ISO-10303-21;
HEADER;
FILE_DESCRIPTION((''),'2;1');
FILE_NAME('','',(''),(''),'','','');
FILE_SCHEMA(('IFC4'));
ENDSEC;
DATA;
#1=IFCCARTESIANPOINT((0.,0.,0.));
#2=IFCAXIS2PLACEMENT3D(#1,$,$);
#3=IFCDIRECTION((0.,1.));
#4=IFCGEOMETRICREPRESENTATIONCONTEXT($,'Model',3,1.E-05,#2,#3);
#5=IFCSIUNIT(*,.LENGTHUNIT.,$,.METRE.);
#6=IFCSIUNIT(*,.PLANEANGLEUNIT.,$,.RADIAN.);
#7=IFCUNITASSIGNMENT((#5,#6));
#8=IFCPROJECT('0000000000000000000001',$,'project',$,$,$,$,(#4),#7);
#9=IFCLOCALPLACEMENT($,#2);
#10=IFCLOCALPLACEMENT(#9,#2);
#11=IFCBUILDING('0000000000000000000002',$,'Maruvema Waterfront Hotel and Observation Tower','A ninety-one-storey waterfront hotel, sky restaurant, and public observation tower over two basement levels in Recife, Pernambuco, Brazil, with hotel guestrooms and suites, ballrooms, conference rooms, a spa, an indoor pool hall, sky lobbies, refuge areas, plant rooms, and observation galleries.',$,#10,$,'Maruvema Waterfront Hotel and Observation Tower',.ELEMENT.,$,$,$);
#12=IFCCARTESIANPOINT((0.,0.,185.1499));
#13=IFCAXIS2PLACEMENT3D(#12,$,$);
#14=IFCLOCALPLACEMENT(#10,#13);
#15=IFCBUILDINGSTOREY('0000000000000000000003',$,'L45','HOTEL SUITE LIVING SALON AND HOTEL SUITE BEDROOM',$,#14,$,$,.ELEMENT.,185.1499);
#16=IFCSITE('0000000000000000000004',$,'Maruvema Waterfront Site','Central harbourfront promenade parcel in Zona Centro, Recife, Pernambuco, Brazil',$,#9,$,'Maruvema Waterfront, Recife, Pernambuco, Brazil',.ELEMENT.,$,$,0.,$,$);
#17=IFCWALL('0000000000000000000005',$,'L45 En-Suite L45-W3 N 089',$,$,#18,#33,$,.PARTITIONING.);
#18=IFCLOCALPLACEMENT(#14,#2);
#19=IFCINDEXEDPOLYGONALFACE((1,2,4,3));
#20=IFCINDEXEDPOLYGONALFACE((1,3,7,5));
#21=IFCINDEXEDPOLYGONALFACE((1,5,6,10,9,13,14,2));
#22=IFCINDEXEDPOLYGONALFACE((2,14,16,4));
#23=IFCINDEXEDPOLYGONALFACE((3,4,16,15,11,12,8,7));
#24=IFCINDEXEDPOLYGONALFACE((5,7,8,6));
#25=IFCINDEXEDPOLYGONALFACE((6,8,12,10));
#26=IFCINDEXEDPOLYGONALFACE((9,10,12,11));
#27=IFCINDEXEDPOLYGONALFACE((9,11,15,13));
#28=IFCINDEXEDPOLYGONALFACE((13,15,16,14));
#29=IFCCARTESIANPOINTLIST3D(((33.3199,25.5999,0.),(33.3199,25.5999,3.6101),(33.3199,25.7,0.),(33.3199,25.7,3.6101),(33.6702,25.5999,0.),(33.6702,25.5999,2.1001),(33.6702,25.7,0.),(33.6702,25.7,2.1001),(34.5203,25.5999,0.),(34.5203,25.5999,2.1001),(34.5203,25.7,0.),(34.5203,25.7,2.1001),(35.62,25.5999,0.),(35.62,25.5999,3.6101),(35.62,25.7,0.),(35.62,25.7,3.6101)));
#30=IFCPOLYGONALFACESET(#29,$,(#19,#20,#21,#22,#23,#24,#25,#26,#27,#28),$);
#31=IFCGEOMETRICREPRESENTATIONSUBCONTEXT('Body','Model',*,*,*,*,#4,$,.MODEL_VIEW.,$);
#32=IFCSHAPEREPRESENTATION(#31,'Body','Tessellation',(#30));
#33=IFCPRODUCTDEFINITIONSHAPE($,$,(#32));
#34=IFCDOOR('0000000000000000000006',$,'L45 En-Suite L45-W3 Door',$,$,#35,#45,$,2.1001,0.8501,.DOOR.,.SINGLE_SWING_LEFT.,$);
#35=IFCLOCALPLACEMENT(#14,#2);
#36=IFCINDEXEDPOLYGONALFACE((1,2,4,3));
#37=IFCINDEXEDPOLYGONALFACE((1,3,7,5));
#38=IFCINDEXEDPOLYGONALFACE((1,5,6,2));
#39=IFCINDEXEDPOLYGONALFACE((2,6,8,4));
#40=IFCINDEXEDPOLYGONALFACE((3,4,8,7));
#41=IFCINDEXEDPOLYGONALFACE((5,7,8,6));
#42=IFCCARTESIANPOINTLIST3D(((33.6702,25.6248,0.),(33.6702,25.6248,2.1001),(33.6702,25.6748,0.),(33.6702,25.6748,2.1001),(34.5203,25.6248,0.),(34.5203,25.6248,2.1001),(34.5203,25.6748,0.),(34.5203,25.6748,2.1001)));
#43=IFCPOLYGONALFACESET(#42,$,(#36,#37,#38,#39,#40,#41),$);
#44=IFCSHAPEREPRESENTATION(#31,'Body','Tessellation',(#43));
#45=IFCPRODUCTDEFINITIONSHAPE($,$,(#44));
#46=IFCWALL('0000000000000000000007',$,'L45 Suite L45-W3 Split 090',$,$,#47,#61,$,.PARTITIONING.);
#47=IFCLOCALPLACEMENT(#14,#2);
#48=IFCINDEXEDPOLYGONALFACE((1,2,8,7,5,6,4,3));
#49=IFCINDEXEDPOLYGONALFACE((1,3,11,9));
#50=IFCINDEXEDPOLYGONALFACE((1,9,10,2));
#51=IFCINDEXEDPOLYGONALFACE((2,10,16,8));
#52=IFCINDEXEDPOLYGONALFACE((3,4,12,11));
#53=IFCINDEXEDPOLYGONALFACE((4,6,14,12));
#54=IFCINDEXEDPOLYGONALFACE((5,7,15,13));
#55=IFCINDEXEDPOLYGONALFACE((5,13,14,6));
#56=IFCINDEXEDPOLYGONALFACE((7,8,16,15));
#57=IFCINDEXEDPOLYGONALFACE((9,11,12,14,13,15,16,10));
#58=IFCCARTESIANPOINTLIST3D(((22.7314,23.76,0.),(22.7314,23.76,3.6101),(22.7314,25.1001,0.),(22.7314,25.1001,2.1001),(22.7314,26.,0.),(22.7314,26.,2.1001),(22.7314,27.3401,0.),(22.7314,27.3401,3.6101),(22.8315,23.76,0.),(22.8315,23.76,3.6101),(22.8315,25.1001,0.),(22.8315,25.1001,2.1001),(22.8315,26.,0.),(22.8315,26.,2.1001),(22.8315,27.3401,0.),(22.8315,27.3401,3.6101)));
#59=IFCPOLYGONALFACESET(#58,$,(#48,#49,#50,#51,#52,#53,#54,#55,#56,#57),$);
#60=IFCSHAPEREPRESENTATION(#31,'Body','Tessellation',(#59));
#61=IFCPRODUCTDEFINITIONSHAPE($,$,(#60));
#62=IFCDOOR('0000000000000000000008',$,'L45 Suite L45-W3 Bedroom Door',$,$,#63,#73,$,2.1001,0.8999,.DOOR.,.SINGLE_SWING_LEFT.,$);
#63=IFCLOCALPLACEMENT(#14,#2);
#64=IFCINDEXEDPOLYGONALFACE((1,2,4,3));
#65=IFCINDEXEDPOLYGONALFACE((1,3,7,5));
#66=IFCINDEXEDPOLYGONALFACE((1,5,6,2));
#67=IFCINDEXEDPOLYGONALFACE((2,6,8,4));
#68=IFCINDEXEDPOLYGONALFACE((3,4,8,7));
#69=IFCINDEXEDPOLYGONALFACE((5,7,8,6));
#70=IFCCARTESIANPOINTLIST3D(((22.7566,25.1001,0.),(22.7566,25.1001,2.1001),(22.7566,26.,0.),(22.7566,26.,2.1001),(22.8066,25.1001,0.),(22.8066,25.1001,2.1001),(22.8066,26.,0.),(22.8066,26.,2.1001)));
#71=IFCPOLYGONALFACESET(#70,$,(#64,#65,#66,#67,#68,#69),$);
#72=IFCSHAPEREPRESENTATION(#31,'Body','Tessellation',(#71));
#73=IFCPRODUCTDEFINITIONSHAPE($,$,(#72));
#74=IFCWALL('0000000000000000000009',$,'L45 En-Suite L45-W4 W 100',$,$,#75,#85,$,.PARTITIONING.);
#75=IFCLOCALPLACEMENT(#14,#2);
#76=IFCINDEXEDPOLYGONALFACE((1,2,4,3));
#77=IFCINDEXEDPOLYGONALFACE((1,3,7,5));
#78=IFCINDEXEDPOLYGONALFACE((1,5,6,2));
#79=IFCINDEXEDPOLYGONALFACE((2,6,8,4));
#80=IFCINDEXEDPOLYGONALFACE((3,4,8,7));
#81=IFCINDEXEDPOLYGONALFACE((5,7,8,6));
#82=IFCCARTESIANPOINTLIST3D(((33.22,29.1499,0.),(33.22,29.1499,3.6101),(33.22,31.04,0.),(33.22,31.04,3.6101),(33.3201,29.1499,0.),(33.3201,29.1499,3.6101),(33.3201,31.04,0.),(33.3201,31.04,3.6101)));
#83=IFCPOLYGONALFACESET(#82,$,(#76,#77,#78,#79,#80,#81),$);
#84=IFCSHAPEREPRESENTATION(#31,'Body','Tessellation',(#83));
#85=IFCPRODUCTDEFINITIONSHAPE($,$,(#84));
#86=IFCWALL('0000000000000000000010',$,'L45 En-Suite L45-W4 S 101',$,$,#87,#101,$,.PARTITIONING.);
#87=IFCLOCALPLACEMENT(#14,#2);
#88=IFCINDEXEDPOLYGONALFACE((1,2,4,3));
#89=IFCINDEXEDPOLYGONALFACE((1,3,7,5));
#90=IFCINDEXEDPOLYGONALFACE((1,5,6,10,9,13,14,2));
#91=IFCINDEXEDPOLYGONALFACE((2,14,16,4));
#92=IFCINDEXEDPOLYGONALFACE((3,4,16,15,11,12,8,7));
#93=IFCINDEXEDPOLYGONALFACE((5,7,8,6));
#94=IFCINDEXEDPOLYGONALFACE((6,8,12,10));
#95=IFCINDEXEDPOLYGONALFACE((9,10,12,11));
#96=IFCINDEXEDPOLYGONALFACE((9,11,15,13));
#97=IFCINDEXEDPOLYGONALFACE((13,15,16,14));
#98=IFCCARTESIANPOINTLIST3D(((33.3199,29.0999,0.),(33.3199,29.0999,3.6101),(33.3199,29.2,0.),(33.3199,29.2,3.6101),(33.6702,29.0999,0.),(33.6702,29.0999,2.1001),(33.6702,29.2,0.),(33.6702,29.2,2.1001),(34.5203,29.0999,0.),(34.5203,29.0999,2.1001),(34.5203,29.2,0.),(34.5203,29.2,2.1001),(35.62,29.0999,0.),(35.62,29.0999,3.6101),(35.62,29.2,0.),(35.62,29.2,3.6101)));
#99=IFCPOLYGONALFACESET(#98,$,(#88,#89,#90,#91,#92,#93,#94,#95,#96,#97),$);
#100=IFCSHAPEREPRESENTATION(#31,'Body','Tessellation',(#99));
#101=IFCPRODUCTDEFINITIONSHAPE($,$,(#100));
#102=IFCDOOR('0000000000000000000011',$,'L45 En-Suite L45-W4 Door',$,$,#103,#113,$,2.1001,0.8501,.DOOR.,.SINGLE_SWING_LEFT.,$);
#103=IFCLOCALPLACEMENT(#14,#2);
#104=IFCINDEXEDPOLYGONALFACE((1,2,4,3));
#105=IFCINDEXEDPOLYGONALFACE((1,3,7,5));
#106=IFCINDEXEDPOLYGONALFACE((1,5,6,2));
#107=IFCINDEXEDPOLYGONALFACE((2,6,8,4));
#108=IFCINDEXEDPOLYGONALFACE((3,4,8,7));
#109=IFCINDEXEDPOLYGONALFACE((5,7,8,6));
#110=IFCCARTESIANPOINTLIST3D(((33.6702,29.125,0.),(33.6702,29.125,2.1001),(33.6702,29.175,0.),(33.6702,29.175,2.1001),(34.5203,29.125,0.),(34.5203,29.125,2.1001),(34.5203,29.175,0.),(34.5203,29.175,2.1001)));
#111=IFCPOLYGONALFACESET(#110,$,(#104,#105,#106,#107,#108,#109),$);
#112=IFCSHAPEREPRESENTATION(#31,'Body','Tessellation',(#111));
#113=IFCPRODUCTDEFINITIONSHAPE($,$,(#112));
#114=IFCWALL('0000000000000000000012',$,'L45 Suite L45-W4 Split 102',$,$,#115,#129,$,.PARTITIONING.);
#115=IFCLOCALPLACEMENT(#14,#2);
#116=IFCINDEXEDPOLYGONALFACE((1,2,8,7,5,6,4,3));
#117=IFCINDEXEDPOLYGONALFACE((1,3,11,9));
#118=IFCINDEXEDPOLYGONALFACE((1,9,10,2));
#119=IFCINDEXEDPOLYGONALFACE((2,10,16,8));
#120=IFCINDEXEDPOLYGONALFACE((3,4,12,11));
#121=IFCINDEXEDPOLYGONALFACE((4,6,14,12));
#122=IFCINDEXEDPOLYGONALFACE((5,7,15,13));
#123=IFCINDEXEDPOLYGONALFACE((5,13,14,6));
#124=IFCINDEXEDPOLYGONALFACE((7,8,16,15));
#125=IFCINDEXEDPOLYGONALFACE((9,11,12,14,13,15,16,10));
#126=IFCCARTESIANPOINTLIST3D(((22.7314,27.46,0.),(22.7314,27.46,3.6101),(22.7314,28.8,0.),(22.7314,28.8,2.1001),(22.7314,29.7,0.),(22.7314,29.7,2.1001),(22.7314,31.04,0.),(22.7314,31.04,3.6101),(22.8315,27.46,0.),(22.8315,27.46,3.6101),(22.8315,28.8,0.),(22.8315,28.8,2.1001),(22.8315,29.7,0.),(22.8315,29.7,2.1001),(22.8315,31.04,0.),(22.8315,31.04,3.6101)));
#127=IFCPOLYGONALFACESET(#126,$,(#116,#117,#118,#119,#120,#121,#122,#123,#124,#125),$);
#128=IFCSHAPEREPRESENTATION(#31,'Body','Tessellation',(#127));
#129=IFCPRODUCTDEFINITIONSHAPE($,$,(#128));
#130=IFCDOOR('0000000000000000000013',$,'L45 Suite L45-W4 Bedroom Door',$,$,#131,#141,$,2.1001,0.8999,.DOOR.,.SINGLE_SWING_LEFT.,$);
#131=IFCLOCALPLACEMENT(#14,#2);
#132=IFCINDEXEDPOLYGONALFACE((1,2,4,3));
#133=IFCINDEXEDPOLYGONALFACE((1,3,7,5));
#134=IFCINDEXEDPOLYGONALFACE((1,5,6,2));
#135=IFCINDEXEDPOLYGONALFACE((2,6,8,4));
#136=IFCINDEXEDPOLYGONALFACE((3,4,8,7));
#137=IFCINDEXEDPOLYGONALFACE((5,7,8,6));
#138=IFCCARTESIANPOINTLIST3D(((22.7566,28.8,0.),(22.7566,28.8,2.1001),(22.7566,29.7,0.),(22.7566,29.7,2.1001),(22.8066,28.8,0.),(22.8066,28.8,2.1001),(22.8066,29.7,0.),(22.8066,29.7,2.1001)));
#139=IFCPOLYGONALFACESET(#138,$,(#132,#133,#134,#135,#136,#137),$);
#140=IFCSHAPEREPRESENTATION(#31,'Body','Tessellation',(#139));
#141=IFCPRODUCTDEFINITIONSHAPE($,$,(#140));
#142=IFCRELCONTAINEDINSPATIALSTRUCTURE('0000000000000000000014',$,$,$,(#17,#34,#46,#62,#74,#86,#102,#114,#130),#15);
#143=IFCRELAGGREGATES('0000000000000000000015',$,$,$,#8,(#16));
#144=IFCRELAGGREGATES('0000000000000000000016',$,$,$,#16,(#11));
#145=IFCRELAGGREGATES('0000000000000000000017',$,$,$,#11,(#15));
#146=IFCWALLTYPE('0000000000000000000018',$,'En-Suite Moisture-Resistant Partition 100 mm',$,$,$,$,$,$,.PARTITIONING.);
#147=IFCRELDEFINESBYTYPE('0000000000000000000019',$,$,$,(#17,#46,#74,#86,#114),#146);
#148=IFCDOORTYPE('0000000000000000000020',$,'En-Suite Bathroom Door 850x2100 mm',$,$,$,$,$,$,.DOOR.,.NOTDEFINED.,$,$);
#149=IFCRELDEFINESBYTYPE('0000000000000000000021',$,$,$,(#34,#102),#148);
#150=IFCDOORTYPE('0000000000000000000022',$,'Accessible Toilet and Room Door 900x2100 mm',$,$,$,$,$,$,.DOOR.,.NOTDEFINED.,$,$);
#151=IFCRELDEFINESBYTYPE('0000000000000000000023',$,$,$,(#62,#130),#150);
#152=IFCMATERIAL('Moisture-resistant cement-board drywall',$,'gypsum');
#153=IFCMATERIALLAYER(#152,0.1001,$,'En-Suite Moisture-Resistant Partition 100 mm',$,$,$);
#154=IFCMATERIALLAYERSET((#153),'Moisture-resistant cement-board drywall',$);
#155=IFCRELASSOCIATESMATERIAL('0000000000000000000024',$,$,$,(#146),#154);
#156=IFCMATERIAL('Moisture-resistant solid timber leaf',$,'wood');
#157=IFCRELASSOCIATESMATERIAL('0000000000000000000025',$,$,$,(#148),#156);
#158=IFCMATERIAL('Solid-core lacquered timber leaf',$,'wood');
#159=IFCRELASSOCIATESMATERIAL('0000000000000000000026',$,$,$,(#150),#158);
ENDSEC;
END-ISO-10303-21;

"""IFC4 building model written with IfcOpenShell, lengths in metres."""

from ifc_helpers import new_model, si_unit, direction, frame, frame_2d, origin, place, context, subcontext, project, spatial, rectangle, extrude, material, layer, layer_set, type_object, element, fill, save


model = new_model("IFC4")

# Units and contexts
model_context = context("Model", 3, precision=1e-05, world=origin(), true_north=direction((0.0, 1.0)))
body_context = subcontext(model_context, "Body", "Model", "MODEL_VIEW")
ifc_project = project(units=[si_unit("LENGTHUNIT", "METRE"), si_unit("PLANEANGLEUNIT", "RADIAN")], contexts=[model_context])

# Site, building, storey
site_placement = place(None, origin())
site = spatial("IfcSite", under=ifc_project, at=site_placement, Name="Maruvema Waterfront Site", Description="Central harbourfront promenade parcel in Zona Centro, Recife, Pernambuco, Brazil", LongName="Maruvema Waterfront, Recife, Pernambuco, Brazil", CompositionType="ELEMENT", RefElevation=0.0)
building_placement = place(site_placement, origin())
building = spatial("IfcBuilding", under=site, at=building_placement, Name="Maruvema Waterfront Hotel and Observation Tower", Description="A ninety-one-storey waterfront hotel, sky restaurant, and public observation tower over two basement levels in Recife, Pernambuco, Brazil, with hotel guestrooms and suites, ballrooms, conference rooms, a spa, an indoor pool hall, sky lobbies, refuge areas, plant rooms, and observation galleries.", LongName="Maruvema Waterfront Hotel and Observation Tower", CompositionType="ELEMENT")
storey_placement = place(building_placement, frame((0.0, 0.0, 185.1499)))
storey = spatial("IfcBuildingStorey", under=building, at=storey_placement, Name="L45", Description="HOTEL SUITE LIVING SALON AND HOTEL SUITE BEDROOM", CompositionType="ELEMENT", Elevation=185.1499)

# Shared definitions
ifc_material_1 = material(Name="Moisture-resistant cement-board drywall", Category="gypsum")
ifc_layer_1 = layer(ifc_material_1, 0.1001, Name="En-Suite Moisture-Resistant Partition 100 mm")
ifc_layer_set_1 = layer_set([ifc_layer_1], Name="Moisture-resistant cement-board drywall")
wall_type_1 = type_object("IfcWallType", Name="En-Suite Moisture-Resistant Partition 100 mm", PredefinedType="PARTITIONING", material=ifc_layer_set_1)
ifc_material_2 = material(Name="Moisture-resistant solid timber leaf", Category="wood")
door_type_1 = type_object("IfcDoorType", Name="En-Suite Bathroom Door 850x2100 mm", OperationType="NOTDEFINED", PredefinedType="DOOR", material=ifc_material_2)

# Walls, openings, doors
wall_1_placement = place(storey_placement, frame((33.3201, 25.6499, 0.0), z_axis=(0.0, 0.0, 1.0), x_axis=(1.0, 0.0, 0.0)))
wall_1 = element("IfcWall", 1, at=wall_1_placement, inside=storey, type_object=wall_type_1, Name="L45 En-Suite L45-W3 N 089", PredefinedType="PARTITIONING", context=body_context, shape_type="SweptSolid", body=[
    extrude(rectangle(XDim=2.3, YDim=0.1001, at=frame_2d((1.1499, 0.0))), origin(), (0.0, 0.0, 1.0), 3.6101),
])
opening_1_placement = place(wall_1_placement, frame((0.3501, 0.0, 0.0)))
opening_1 = element("IfcOpeningElement", 2, at=opening_1_placement, cuts=wall_1, PredefinedType="OPENING", context=body_context, shape_type="SweptSolid", body=[
    extrude(rectangle(XDim=0.8501, YDim=2.1001, at=frame_2d((0.425, 1.05))), frame((0.0, 0.0601, 0.0), z_axis=(0.0, -1.0, 0.0), x_axis=(1.0, 0.0, 0.0)), (0.0, 0.0, 1.0), 0.1201),
])
door_1_placement = place(opening_1_placement, origin())
door_1 = element("IfcDoor", 3, at=door_1_placement, inside=storey, type_object=door_type_1, Name="L45 En-Suite L45-W3 Door", OperationType="SINGLE_SWING_LEFT", OverallHeight=2.1001, OverallWidth=0.8501, PredefinedType="DOOR", context=body_context, shape_type="SweptSolid", body=[
    extrude(rectangle(XDim=0.8501, YDim=2.1001, at=frame_2d((0.425, 1.05))), frame((0.0, 0.0249, 0.0), z_axis=(0.0, -1.0, 0.0), x_axis=(1.0, 0.0, 0.0)), (0.0, 0.0, 1.0), 0.05),
])
fill(opening_1, door_1)
wall_2_placement = place(storey_placement, frame((22.7815, 23.76, 0.0), z_axis=(0.0, 0.0, 1.0), x_axis=(0.0, 1.0, 0.0)))
wall_2 = element("IfcWall", 4, at=wall_2_placement, inside=storey, type_object=wall_type_1, Name="L45 Suite L45-W3 Split 090", PredefinedType="PARTITIONING", context=body_context, shape_type="SweptSolid", body=[
    extrude(rectangle(XDim=3.5801, YDim=0.1001, at=frame_2d((1.79, 0.0))), origin(), (0.0, 0.0, 1.0), 3.6101),
])
opening_2_placement = place(wall_2_placement, frame((1.3401, 0.0, 0.0)))
opening_2 = element("IfcOpeningElement", 5, at=opening_2_placement, cuts=wall_2, PredefinedType="OPENING", context=body_context, shape_type="SweptSolid", body=[
    extrude(rectangle(XDim=0.8999, YDim=2.1001, at=frame_2d((0.45, 1.05))), frame((0.0, 0.0601, 0.0), z_axis=(0.0, -1.0, 0.0), x_axis=(1.0, 0.0, 0.0)), (0.0, 0.0, 1.0), 0.1201),
])
ifc_material_3 = material(Name="Solid-core lacquered timber leaf", Category="wood")
door_type_2 = type_object("IfcDoorType", Name="Accessible Toilet and Room Door 900x2100 mm", OperationType="NOTDEFINED", PredefinedType="DOOR", material=ifc_material_3)
door_2_placement = place(opening_2_placement, origin())
door_2 = element("IfcDoor", 6, at=door_2_placement, inside=storey, type_object=door_type_2, Name="L45 Suite L45-W3 Bedroom Door", OperationType="SINGLE_SWING_LEFT", OverallHeight=2.1001, OverallWidth=0.8999, PredefinedType="DOOR", context=body_context, shape_type="SweptSolid", body=[
    extrude(rectangle(XDim=0.8999, YDim=2.1001, at=frame_2d((0.45, 1.05))), frame((0.0, 0.0249, 0.0), z_axis=(0.0, -1.0, 0.0), x_axis=(1.0, 0.0, 0.0)), (0.0, 0.0, 1.0), 0.05),
])
fill(opening_2, door_2)

# Wall
wall_3_placement = place(storey_placement, frame((33.27, 29.1499, 0.0), z_axis=(0.0, 0.0, 1.0), x_axis=(0.0, 1.0, 0.0)))
element("IfcWall", 7, at=wall_3_placement, inside=storey, type_object=wall_type_1, Name="L45 En-Suite L45-W4 W 100", PredefinedType="PARTITIONING", context=body_context, shape_type="SweptSolid", body=[
    extrude(rectangle(XDim=1.8901, YDim=0.1001, at=frame_2d((0.9451, 0.0))), origin(), (0.0, 0.0, 1.0), 3.6101),
])

# Walls, openings, doors
wall_4_placement = place(storey_placement, frame((33.3201, 29.1499, 0.0), z_axis=(0.0, 0.0, 1.0), x_axis=(1.0, 0.0, 0.0)))
wall_4 = element("IfcWall", 8, at=wall_4_placement, inside=storey, type_object=wall_type_1, Name="L45 En-Suite L45-W4 S 101", PredefinedType="PARTITIONING", context=body_context, shape_type="SweptSolid", body=[
    extrude(rectangle(XDim=2.3, YDim=0.1001, at=frame_2d((1.1499, 0.0))), origin(), (0.0, 0.0, 1.0), 3.6101),
])
opening_3_placement = place(wall_4_placement, frame((0.3501, 0.0, 0.0)))
opening_3 = element("IfcOpeningElement", 9, at=opening_3_placement, cuts=wall_4, PredefinedType="OPENING", context=body_context, shape_type="SweptSolid", body=[
    extrude(rectangle(XDim=0.8501, YDim=2.1001, at=frame_2d((0.425, 1.05))), frame((0.0, 0.0601, 0.0), z_axis=(0.0, -1.0, 0.0), x_axis=(1.0, 0.0, 0.0)), (0.0, 0.0, 1.0), 0.1201),
])
door_3_placement = place(opening_3_placement, frame((0.8501, 0.0, 0.0), z_axis=(0.0, 0.0, 1.0), x_axis=(-1.0, 0.0, 0.0)))
door_3 = element("IfcDoor", 10, at=door_3_placement, inside=storey, type_object=door_type_1, Name="L45 En-Suite L45-W4 Door", OperationType="SINGLE_SWING_LEFT", OverallHeight=2.1001, OverallWidth=0.8501, PredefinedType="DOOR", context=body_context, shape_type="SweptSolid", body=[
    extrude(rectangle(XDim=0.8501, YDim=2.1001, at=frame_2d((0.425, 1.05))), frame((0.0, 0.0249, 0.0), z_axis=(0.0, -1.0, 0.0), x_axis=(1.0, 0.0, 0.0)), (0.0, 0.0, 1.0), 0.05),
])
fill(opening_3, door_3)
wall_5_placement = place(storey_placement, frame((22.7815, 27.46, 0.0), z_axis=(0.0, 0.0, 1.0), x_axis=(0.0, 1.0, 0.0)))
wall_5 = element("IfcWall", 11, at=wall_5_placement, inside=storey, type_object=wall_type_1, Name="L45 Suite L45-W4 Split 102", PredefinedType="PARTITIONING", context=body_context, shape_type="SweptSolid", body=[
    extrude(rectangle(XDim=3.5801, YDim=0.1001, at=frame_2d((1.79, 0.0))), origin(), (0.0, 0.0, 1.0), 3.6101),
])
opening_4_placement = place(wall_5_placement, frame((1.3401, 0.0, 0.0)))
opening_4 = element("IfcOpeningElement", 12, at=opening_4_placement, cuts=wall_5, PredefinedType="OPENING", context=body_context, shape_type="SweptSolid", body=[
    extrude(rectangle(XDim=0.8999, YDim=2.1001, at=frame_2d((0.45, 1.05))), frame((0.0, 0.0601, 0.0), z_axis=(0.0, -1.0, 0.0), x_axis=(1.0, 0.0, 0.0)), (0.0, 0.0, 1.0), 0.1201),
])
door_4_placement = place(opening_4_placement, origin())
door_4 = element("IfcDoor", 13, at=door_4_placement, inside=storey, type_object=door_type_2, Name="L45 Suite L45-W4 Bedroom Door", OperationType="SINGLE_SWING_LEFT", OverallHeight=2.1001, OverallWidth=0.8999, PredefinedType="DOOR", context=body_context, shape_type="SweptSolid", body=[
    extrude(rectangle(XDim=0.8999, YDim=2.1001, at=frame_2d((0.45, 1.05))), frame((0.0, 0.0249, 0.0), z_axis=(0.0, -1.0, 0.0), x_axis=(1.0, 0.0, 0.0)), (0.0, 0.0, 1.0), 0.05),
])
fill(opening_4, door_4)

save(model, "model.ifc")
